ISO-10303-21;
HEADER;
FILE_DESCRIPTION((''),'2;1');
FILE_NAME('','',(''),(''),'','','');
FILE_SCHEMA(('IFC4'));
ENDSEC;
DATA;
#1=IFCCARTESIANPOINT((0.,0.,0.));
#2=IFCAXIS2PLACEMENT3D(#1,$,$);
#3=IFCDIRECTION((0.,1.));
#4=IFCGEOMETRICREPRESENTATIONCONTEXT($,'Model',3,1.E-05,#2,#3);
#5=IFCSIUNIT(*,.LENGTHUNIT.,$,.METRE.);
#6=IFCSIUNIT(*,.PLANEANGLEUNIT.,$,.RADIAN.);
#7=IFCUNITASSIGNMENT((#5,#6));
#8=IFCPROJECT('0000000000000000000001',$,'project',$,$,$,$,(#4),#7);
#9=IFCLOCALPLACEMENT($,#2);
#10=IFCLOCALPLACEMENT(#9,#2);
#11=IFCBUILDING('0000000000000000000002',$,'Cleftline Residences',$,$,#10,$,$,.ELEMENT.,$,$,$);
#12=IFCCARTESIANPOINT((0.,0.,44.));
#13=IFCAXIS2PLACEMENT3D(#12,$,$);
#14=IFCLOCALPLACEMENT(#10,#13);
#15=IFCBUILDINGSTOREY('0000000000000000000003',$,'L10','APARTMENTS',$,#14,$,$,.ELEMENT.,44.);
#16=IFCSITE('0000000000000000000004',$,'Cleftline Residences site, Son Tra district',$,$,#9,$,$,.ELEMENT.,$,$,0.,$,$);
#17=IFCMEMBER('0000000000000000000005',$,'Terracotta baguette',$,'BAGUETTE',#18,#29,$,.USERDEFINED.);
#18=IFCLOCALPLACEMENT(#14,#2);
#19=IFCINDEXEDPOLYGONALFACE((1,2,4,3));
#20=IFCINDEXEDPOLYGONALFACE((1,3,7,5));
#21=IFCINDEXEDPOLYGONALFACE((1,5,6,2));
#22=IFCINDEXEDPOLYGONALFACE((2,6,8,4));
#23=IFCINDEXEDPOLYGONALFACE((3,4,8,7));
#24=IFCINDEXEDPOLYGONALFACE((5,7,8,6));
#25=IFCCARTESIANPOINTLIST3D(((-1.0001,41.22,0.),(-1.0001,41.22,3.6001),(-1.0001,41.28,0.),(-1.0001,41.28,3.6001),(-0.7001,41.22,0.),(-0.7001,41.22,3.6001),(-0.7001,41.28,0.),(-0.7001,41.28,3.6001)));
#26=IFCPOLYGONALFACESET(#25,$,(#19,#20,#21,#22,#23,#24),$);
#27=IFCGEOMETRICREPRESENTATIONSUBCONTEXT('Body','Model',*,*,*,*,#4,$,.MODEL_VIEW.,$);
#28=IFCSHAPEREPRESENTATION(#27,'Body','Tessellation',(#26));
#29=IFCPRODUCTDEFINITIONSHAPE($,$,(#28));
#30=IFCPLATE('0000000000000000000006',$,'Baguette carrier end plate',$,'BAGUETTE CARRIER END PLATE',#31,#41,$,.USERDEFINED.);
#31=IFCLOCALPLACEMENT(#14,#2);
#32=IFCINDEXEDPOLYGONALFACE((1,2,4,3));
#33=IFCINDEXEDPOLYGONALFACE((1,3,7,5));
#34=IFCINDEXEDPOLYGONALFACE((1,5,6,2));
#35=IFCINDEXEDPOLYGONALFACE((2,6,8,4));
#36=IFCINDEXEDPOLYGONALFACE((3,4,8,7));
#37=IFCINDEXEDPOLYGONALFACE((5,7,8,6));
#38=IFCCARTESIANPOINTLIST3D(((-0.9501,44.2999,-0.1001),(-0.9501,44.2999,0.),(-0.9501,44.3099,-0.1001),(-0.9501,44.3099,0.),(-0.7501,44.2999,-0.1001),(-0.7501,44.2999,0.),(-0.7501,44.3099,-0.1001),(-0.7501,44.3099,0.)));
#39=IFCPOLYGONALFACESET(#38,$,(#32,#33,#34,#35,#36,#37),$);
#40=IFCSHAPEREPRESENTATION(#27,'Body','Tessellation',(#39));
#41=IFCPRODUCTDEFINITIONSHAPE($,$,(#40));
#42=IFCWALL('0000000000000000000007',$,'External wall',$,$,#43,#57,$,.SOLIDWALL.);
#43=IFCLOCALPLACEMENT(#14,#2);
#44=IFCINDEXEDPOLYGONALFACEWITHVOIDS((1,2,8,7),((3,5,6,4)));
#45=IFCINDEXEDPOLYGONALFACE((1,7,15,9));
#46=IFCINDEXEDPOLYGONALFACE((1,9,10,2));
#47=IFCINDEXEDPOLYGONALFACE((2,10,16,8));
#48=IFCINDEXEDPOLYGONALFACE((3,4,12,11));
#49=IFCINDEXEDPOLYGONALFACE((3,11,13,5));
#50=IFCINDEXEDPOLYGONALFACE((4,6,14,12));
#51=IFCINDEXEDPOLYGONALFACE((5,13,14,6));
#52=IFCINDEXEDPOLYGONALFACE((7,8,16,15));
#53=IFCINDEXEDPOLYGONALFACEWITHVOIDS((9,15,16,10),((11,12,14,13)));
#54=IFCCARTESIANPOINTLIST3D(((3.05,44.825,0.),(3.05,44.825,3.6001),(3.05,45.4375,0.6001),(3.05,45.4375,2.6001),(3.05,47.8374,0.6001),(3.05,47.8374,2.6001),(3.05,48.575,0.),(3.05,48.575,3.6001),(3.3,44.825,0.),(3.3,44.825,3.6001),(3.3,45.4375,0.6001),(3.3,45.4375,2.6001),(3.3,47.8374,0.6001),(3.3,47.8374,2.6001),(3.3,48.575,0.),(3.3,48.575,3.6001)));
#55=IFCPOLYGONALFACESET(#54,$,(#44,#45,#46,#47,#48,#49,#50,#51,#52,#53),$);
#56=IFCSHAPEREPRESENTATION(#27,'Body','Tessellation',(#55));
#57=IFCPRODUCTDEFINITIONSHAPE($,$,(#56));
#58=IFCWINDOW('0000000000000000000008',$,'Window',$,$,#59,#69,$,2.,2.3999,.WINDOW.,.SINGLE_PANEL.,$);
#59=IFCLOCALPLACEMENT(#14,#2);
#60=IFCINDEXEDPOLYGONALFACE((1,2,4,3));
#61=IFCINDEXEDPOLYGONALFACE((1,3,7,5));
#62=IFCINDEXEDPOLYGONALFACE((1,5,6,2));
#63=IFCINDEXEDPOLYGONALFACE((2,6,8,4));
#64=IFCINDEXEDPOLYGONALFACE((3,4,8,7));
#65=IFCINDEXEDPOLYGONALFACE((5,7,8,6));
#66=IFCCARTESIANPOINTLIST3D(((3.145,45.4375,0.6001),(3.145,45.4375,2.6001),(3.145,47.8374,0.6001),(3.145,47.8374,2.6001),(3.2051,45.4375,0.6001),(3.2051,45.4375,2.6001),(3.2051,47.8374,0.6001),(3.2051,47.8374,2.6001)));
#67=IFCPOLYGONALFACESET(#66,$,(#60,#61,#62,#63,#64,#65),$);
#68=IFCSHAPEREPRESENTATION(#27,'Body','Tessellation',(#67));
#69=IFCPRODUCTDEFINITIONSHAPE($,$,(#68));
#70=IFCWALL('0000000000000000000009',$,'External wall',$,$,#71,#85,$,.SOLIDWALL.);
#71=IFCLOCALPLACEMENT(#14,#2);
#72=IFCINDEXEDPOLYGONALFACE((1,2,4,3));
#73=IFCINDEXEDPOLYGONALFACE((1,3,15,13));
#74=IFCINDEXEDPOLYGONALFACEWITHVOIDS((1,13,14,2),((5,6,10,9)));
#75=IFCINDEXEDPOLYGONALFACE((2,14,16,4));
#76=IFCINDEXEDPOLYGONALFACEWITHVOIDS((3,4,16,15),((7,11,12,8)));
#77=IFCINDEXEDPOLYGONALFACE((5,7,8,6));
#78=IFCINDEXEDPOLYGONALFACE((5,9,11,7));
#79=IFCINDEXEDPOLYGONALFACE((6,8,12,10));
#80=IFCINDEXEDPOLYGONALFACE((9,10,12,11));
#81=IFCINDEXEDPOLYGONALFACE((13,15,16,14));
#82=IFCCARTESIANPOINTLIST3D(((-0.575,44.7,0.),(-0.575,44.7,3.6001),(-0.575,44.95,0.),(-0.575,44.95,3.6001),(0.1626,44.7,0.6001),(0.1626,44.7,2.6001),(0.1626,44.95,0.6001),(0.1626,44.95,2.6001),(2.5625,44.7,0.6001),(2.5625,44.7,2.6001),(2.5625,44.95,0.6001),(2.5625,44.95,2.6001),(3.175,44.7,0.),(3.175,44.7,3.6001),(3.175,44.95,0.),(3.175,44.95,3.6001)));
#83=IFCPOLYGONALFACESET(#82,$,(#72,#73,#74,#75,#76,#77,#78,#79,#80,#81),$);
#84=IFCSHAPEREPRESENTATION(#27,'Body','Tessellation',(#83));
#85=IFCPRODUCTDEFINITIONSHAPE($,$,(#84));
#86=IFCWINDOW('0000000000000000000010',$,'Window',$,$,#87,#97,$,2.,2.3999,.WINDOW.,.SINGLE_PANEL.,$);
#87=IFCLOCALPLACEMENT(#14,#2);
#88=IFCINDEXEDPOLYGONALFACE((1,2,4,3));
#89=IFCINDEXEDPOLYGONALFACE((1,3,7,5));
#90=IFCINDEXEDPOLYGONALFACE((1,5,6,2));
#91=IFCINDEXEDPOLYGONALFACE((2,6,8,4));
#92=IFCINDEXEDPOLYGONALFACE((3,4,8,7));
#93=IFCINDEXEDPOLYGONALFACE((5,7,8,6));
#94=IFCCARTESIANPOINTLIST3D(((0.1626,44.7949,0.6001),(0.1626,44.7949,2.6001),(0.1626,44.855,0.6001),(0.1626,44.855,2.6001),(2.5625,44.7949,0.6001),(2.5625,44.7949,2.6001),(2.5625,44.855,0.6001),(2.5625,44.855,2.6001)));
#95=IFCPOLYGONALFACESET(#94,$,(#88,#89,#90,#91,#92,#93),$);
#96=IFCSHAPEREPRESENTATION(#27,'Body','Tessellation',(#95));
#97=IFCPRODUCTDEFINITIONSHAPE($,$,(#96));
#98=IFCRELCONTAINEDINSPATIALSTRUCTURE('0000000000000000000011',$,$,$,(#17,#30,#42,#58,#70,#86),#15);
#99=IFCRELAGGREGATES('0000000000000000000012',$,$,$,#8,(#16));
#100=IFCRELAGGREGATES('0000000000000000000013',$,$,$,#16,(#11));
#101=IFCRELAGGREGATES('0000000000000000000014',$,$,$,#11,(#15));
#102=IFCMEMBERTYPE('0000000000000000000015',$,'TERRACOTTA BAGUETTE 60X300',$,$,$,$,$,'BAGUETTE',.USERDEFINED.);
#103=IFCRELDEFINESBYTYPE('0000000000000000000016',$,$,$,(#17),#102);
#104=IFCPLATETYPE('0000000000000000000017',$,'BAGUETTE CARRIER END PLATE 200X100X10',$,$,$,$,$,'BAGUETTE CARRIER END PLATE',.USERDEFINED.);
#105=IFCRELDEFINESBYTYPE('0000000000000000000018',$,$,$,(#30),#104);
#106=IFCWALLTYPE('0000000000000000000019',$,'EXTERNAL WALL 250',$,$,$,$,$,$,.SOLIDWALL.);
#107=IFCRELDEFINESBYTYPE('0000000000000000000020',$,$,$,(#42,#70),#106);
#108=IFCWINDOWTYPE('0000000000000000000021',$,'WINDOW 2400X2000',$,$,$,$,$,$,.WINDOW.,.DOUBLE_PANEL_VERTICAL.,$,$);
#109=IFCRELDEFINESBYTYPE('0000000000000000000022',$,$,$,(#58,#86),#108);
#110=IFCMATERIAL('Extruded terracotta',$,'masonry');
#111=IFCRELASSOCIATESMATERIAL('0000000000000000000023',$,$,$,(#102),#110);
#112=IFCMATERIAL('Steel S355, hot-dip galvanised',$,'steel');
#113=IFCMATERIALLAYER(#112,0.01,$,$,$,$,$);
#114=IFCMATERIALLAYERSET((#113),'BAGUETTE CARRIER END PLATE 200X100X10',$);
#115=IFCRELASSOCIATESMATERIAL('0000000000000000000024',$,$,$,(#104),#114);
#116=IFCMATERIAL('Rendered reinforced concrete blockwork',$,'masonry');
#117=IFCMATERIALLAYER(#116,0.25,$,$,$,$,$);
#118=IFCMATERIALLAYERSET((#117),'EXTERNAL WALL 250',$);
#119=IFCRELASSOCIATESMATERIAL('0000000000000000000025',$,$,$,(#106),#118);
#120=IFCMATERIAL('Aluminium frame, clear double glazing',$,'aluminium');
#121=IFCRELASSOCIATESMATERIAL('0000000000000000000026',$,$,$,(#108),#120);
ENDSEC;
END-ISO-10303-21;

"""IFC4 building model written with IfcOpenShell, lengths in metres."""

from ifc_helpers import new_model, si_unit, direction, frame, frame_2d, origin, origin_2d, place, context, subcontext, project, spatial, rectangle, extrude, material, layer, layer_set, material_profile, profile_set, type_object, element, fill, save


model = new_model("IFC4")

# Units and contexts
model_context = context("Model", 3, precision=1e-05, world=origin(), true_north=direction((0.0, 1.0)))
body_context = subcontext(model_context, "Body", "Model", "MODEL_VIEW")
ifc_project = project(units=[si_unit("LENGTHUNIT", "METRE"), si_unit("PLANEANGLEUNIT", "RADIAN")], contexts=[model_context])

# Site, building, storey
site_placement = place(None, origin())
site = spatial("IfcSite", under=ifc_project, at=site_placement, Name="Cleftline Residences site, Son Tra district", CompositionType="ELEMENT", RefElevation=0.0)
building_placement = place(site_placement, origin())
building = spatial("IfcBuilding", under=site, at=building_placement, Name="Cleftline Residences", CompositionType="ELEMENT")
storey_placement = place(building_placement, frame((0.0, 0.0, 44.0)))
storey = spatial("IfcBuildingStorey", under=building, at=storey_placement, Name="L10", Description="APARTMENTS", CompositionType="ELEMENT", Elevation=44.0)

# Member
ifc_material_1 = material(Name="Extruded terracotta", Category="masonry")
ifc_material_profile_1 = material_profile(ifc_material_1, rectangle(XDim=0.0601, YDim=0.3, at=origin_2d()))
ifc_profile_set_1 = profile_set([ifc_material_profile_1], Name="Extruded terracotta")
member_type_1 = type_object("IfcMemberType", Name="TERRACOTTA BAGUETTE 60X300", ElementType="BAGUETTE", PredefinedType="USERDEFINED", material=ifc_profile_set_1)
for number, where, z_axis, x_axis, name in (
    (1, (-0.8501, 41.25, 0.0), (0.0, 0.0, 1.0), (0.0, 1.0, 0.0), "Terracotta baguette"),
):
    element("IfcMember", number, at=place(storey_placement, frame(where, z_axis=z_axis, x_axis=x_axis)), inside=storey, type_object=member_type_1, Name=name, ObjectType="BAGUETTE", PredefinedType="USERDEFINED", context=body_context, shape_type="SweptSolid", body=[
        extrude(rectangle(XDim=0.0601, YDim=0.3, at=origin_2d()), origin(), (0.0, 0.0, 1.0), 3.6001),
    ])

# Plate
ifc_material_2 = material(Name="Steel S355, hot-dip galvanised", Category="steel")
ifc_layer_1 = layer(ifc_material_2, 0.01)
ifc_layer_set_1 = layer_set([ifc_layer_1], Name="BAGUETTE CARRIER END PLATE 200X100X10")
plate_type = type_object("IfcPlateType", Name="BAGUETTE CARRIER END PLATE 200X100X10", ElementType="BAGUETTE CARRIER END PLATE", PredefinedType="USERDEFINED", material=ifc_layer_set_1)
plate_placement = place(storey_placement, frame((-0.8501, 44.3049, -0.1001), z_axis=(0.0, 0.0, 1.0), x_axis=(-1.0, 0.0, 0.0)))
element("IfcPlate", 2, at=plate_placement, inside=storey, type_object=plate_type, Name="Baguette carrier end plate", ObjectType="BAGUETTE CARRIER END PLATE", PredefinedType="USERDEFINED", context=body_context, shape_type="SweptSolid", body=[
    extrude(rectangle(XDim=0.2, YDim=0.01, at=origin_2d()), origin(), (0.0, 0.0, 1.0), 0.1001),
])

# Walls, openings, windows
ifc_material_3 = material(Name="Rendered reinforced concrete blockwork", Category="masonry")
ifc_layer_2 = layer(ifc_material_3, 0.25)
ifc_layer_set_2 = layer_set([ifc_layer_2], Name="EXTERNAL WALL 250")
wall_type_1 = type_object("IfcWallType", Name="EXTERNAL WALL 250", PredefinedType="SOLIDWALL", material=ifc_layer_set_2)
wall_1_placement = place(storey_placement, frame((3.175, 48.575, 0.0), z_axis=(0.0, 0.0, 1.0), x_axis=(0.0, -1.0, 0.0)))
wall_1 = element("IfcWall", 3, at=wall_1_placement, inside=storey, type_object=wall_type_1, Name="External wall", PredefinedType="SOLIDWALL", context=body_context, shape_type="SweptSolid", body=[
    extrude(rectangle(XDim=3.75, YDim=0.25, at=frame_2d((1.875, 0.0))), origin(), (0.0, 0.0, 1.0), 3.6001),
])
opening_1_placement = place(wall_1_placement, frame((0.7375, 0.0, 0.6001)))
opening_1 = element("IfcOpeningElement", 4, at=opening_1_placement, cuts=wall_1, PredefinedType="OPENING", context=body_context, shape_type="SweptSolid", body=[
    extrude(rectangle(XDim=2.3999, YDim=2.0, at=frame_2d((1.2, 1.0))), frame((0.0, 0.135, 0.0), z_axis=(0.0, -1.0, 0.0), x_axis=(1.0, 0.0, 0.0)), (0.0, 0.0, 1.0), 0.27),
])
ifc_material_4 = material(Name="Aluminium frame, clear double glazing", Category="aluminium")
window_type_1 = type_object("IfcWindowType", Name="WINDOW 2400X2000", PartitioningType="DOUBLE_PANEL_VERTICAL", PredefinedType="WINDOW", material=ifc_material_4)
window_1_placement = place(opening_1_placement, origin())
window_1 = element("IfcWindow", 5, at=window_1_placement, inside=storey, type_object=window_type_1, Name="Window", OverallHeight=2.0, OverallWidth=2.3999, PartitioningType="SINGLE_PANEL", PredefinedType="WINDOW", context=body_context, shape_type="SweptSolid", body=[
    extrude(rectangle(XDim=2.3999, YDim=2.0, at=frame_2d((1.2, 1.0))), frame((0.0, 0.03, 0.0), z_axis=(0.0, -1.0, 0.0), x_axis=(1.0, 0.0, 0.0)), (0.0, 0.0, 1.0), 0.0601),
])
fill(opening_1, window_1)
wall_2_placement = place(storey_placement, frame((3.175, 44.825, 0.0), z_axis=(0.0, 0.0, 1.0), x_axis=(-1.0, 0.0, 0.0)))
wall_2 = element("IfcWall", 6, at=wall_2_placement, inside=storey, type_object=wall_type_1, Name="External wall", PredefinedType="SOLIDWALL", context=body_context, shape_type="SweptSolid", body=[
    extrude(rectangle(XDim=3.75, YDim=0.25, at=frame_2d((1.875, 0.0))), origin(), (0.0, 0.0, 1.0), 3.6001),
])
opening_2_placement = place(wall_2_placement, frame((0.6125, 0.0, 0.6001)))
opening_2 = element("IfcOpeningElement", 7, at=opening_2_placement, cuts=wall_2, PredefinedType="OPENING", context=body_context, shape_type="SweptSolid", body=[
    extrude(rectangle(XDim=2.3999, YDim=2.0, at=frame_2d((1.2, 1.0))), frame((0.0, 0.135, 0.0), z_axis=(0.0, -1.0, 0.0), x_axis=(1.0, 0.0, 0.0)), (0.0, 0.0, 1.0), 0.27),
])
window_2_placement = place(opening_2_placement, origin())
window_2 = element("IfcWindow", 8, at=window_2_placement, inside=storey, type_object=window_type_1, Name="Window", OverallHeight=2.0, OverallWidth=2.3999, PartitioningType="SINGLE_PANEL", PredefinedType="WINDOW", context=body_context, shape_type="SweptSolid", body=[
    extrude(rectangle(XDim=2.3999, YDim=2.0, at=frame_2d((1.2, 1.0))), frame((0.0, 0.03, 0.0), z_axis=(0.0, -1.0, 0.0), x_axis=(1.0, 0.0, 0.0)), (0.0, 0.0, 1.0), 0.0601),
])
fill(opening_2, window_2)

save(model, "model.ifc")
